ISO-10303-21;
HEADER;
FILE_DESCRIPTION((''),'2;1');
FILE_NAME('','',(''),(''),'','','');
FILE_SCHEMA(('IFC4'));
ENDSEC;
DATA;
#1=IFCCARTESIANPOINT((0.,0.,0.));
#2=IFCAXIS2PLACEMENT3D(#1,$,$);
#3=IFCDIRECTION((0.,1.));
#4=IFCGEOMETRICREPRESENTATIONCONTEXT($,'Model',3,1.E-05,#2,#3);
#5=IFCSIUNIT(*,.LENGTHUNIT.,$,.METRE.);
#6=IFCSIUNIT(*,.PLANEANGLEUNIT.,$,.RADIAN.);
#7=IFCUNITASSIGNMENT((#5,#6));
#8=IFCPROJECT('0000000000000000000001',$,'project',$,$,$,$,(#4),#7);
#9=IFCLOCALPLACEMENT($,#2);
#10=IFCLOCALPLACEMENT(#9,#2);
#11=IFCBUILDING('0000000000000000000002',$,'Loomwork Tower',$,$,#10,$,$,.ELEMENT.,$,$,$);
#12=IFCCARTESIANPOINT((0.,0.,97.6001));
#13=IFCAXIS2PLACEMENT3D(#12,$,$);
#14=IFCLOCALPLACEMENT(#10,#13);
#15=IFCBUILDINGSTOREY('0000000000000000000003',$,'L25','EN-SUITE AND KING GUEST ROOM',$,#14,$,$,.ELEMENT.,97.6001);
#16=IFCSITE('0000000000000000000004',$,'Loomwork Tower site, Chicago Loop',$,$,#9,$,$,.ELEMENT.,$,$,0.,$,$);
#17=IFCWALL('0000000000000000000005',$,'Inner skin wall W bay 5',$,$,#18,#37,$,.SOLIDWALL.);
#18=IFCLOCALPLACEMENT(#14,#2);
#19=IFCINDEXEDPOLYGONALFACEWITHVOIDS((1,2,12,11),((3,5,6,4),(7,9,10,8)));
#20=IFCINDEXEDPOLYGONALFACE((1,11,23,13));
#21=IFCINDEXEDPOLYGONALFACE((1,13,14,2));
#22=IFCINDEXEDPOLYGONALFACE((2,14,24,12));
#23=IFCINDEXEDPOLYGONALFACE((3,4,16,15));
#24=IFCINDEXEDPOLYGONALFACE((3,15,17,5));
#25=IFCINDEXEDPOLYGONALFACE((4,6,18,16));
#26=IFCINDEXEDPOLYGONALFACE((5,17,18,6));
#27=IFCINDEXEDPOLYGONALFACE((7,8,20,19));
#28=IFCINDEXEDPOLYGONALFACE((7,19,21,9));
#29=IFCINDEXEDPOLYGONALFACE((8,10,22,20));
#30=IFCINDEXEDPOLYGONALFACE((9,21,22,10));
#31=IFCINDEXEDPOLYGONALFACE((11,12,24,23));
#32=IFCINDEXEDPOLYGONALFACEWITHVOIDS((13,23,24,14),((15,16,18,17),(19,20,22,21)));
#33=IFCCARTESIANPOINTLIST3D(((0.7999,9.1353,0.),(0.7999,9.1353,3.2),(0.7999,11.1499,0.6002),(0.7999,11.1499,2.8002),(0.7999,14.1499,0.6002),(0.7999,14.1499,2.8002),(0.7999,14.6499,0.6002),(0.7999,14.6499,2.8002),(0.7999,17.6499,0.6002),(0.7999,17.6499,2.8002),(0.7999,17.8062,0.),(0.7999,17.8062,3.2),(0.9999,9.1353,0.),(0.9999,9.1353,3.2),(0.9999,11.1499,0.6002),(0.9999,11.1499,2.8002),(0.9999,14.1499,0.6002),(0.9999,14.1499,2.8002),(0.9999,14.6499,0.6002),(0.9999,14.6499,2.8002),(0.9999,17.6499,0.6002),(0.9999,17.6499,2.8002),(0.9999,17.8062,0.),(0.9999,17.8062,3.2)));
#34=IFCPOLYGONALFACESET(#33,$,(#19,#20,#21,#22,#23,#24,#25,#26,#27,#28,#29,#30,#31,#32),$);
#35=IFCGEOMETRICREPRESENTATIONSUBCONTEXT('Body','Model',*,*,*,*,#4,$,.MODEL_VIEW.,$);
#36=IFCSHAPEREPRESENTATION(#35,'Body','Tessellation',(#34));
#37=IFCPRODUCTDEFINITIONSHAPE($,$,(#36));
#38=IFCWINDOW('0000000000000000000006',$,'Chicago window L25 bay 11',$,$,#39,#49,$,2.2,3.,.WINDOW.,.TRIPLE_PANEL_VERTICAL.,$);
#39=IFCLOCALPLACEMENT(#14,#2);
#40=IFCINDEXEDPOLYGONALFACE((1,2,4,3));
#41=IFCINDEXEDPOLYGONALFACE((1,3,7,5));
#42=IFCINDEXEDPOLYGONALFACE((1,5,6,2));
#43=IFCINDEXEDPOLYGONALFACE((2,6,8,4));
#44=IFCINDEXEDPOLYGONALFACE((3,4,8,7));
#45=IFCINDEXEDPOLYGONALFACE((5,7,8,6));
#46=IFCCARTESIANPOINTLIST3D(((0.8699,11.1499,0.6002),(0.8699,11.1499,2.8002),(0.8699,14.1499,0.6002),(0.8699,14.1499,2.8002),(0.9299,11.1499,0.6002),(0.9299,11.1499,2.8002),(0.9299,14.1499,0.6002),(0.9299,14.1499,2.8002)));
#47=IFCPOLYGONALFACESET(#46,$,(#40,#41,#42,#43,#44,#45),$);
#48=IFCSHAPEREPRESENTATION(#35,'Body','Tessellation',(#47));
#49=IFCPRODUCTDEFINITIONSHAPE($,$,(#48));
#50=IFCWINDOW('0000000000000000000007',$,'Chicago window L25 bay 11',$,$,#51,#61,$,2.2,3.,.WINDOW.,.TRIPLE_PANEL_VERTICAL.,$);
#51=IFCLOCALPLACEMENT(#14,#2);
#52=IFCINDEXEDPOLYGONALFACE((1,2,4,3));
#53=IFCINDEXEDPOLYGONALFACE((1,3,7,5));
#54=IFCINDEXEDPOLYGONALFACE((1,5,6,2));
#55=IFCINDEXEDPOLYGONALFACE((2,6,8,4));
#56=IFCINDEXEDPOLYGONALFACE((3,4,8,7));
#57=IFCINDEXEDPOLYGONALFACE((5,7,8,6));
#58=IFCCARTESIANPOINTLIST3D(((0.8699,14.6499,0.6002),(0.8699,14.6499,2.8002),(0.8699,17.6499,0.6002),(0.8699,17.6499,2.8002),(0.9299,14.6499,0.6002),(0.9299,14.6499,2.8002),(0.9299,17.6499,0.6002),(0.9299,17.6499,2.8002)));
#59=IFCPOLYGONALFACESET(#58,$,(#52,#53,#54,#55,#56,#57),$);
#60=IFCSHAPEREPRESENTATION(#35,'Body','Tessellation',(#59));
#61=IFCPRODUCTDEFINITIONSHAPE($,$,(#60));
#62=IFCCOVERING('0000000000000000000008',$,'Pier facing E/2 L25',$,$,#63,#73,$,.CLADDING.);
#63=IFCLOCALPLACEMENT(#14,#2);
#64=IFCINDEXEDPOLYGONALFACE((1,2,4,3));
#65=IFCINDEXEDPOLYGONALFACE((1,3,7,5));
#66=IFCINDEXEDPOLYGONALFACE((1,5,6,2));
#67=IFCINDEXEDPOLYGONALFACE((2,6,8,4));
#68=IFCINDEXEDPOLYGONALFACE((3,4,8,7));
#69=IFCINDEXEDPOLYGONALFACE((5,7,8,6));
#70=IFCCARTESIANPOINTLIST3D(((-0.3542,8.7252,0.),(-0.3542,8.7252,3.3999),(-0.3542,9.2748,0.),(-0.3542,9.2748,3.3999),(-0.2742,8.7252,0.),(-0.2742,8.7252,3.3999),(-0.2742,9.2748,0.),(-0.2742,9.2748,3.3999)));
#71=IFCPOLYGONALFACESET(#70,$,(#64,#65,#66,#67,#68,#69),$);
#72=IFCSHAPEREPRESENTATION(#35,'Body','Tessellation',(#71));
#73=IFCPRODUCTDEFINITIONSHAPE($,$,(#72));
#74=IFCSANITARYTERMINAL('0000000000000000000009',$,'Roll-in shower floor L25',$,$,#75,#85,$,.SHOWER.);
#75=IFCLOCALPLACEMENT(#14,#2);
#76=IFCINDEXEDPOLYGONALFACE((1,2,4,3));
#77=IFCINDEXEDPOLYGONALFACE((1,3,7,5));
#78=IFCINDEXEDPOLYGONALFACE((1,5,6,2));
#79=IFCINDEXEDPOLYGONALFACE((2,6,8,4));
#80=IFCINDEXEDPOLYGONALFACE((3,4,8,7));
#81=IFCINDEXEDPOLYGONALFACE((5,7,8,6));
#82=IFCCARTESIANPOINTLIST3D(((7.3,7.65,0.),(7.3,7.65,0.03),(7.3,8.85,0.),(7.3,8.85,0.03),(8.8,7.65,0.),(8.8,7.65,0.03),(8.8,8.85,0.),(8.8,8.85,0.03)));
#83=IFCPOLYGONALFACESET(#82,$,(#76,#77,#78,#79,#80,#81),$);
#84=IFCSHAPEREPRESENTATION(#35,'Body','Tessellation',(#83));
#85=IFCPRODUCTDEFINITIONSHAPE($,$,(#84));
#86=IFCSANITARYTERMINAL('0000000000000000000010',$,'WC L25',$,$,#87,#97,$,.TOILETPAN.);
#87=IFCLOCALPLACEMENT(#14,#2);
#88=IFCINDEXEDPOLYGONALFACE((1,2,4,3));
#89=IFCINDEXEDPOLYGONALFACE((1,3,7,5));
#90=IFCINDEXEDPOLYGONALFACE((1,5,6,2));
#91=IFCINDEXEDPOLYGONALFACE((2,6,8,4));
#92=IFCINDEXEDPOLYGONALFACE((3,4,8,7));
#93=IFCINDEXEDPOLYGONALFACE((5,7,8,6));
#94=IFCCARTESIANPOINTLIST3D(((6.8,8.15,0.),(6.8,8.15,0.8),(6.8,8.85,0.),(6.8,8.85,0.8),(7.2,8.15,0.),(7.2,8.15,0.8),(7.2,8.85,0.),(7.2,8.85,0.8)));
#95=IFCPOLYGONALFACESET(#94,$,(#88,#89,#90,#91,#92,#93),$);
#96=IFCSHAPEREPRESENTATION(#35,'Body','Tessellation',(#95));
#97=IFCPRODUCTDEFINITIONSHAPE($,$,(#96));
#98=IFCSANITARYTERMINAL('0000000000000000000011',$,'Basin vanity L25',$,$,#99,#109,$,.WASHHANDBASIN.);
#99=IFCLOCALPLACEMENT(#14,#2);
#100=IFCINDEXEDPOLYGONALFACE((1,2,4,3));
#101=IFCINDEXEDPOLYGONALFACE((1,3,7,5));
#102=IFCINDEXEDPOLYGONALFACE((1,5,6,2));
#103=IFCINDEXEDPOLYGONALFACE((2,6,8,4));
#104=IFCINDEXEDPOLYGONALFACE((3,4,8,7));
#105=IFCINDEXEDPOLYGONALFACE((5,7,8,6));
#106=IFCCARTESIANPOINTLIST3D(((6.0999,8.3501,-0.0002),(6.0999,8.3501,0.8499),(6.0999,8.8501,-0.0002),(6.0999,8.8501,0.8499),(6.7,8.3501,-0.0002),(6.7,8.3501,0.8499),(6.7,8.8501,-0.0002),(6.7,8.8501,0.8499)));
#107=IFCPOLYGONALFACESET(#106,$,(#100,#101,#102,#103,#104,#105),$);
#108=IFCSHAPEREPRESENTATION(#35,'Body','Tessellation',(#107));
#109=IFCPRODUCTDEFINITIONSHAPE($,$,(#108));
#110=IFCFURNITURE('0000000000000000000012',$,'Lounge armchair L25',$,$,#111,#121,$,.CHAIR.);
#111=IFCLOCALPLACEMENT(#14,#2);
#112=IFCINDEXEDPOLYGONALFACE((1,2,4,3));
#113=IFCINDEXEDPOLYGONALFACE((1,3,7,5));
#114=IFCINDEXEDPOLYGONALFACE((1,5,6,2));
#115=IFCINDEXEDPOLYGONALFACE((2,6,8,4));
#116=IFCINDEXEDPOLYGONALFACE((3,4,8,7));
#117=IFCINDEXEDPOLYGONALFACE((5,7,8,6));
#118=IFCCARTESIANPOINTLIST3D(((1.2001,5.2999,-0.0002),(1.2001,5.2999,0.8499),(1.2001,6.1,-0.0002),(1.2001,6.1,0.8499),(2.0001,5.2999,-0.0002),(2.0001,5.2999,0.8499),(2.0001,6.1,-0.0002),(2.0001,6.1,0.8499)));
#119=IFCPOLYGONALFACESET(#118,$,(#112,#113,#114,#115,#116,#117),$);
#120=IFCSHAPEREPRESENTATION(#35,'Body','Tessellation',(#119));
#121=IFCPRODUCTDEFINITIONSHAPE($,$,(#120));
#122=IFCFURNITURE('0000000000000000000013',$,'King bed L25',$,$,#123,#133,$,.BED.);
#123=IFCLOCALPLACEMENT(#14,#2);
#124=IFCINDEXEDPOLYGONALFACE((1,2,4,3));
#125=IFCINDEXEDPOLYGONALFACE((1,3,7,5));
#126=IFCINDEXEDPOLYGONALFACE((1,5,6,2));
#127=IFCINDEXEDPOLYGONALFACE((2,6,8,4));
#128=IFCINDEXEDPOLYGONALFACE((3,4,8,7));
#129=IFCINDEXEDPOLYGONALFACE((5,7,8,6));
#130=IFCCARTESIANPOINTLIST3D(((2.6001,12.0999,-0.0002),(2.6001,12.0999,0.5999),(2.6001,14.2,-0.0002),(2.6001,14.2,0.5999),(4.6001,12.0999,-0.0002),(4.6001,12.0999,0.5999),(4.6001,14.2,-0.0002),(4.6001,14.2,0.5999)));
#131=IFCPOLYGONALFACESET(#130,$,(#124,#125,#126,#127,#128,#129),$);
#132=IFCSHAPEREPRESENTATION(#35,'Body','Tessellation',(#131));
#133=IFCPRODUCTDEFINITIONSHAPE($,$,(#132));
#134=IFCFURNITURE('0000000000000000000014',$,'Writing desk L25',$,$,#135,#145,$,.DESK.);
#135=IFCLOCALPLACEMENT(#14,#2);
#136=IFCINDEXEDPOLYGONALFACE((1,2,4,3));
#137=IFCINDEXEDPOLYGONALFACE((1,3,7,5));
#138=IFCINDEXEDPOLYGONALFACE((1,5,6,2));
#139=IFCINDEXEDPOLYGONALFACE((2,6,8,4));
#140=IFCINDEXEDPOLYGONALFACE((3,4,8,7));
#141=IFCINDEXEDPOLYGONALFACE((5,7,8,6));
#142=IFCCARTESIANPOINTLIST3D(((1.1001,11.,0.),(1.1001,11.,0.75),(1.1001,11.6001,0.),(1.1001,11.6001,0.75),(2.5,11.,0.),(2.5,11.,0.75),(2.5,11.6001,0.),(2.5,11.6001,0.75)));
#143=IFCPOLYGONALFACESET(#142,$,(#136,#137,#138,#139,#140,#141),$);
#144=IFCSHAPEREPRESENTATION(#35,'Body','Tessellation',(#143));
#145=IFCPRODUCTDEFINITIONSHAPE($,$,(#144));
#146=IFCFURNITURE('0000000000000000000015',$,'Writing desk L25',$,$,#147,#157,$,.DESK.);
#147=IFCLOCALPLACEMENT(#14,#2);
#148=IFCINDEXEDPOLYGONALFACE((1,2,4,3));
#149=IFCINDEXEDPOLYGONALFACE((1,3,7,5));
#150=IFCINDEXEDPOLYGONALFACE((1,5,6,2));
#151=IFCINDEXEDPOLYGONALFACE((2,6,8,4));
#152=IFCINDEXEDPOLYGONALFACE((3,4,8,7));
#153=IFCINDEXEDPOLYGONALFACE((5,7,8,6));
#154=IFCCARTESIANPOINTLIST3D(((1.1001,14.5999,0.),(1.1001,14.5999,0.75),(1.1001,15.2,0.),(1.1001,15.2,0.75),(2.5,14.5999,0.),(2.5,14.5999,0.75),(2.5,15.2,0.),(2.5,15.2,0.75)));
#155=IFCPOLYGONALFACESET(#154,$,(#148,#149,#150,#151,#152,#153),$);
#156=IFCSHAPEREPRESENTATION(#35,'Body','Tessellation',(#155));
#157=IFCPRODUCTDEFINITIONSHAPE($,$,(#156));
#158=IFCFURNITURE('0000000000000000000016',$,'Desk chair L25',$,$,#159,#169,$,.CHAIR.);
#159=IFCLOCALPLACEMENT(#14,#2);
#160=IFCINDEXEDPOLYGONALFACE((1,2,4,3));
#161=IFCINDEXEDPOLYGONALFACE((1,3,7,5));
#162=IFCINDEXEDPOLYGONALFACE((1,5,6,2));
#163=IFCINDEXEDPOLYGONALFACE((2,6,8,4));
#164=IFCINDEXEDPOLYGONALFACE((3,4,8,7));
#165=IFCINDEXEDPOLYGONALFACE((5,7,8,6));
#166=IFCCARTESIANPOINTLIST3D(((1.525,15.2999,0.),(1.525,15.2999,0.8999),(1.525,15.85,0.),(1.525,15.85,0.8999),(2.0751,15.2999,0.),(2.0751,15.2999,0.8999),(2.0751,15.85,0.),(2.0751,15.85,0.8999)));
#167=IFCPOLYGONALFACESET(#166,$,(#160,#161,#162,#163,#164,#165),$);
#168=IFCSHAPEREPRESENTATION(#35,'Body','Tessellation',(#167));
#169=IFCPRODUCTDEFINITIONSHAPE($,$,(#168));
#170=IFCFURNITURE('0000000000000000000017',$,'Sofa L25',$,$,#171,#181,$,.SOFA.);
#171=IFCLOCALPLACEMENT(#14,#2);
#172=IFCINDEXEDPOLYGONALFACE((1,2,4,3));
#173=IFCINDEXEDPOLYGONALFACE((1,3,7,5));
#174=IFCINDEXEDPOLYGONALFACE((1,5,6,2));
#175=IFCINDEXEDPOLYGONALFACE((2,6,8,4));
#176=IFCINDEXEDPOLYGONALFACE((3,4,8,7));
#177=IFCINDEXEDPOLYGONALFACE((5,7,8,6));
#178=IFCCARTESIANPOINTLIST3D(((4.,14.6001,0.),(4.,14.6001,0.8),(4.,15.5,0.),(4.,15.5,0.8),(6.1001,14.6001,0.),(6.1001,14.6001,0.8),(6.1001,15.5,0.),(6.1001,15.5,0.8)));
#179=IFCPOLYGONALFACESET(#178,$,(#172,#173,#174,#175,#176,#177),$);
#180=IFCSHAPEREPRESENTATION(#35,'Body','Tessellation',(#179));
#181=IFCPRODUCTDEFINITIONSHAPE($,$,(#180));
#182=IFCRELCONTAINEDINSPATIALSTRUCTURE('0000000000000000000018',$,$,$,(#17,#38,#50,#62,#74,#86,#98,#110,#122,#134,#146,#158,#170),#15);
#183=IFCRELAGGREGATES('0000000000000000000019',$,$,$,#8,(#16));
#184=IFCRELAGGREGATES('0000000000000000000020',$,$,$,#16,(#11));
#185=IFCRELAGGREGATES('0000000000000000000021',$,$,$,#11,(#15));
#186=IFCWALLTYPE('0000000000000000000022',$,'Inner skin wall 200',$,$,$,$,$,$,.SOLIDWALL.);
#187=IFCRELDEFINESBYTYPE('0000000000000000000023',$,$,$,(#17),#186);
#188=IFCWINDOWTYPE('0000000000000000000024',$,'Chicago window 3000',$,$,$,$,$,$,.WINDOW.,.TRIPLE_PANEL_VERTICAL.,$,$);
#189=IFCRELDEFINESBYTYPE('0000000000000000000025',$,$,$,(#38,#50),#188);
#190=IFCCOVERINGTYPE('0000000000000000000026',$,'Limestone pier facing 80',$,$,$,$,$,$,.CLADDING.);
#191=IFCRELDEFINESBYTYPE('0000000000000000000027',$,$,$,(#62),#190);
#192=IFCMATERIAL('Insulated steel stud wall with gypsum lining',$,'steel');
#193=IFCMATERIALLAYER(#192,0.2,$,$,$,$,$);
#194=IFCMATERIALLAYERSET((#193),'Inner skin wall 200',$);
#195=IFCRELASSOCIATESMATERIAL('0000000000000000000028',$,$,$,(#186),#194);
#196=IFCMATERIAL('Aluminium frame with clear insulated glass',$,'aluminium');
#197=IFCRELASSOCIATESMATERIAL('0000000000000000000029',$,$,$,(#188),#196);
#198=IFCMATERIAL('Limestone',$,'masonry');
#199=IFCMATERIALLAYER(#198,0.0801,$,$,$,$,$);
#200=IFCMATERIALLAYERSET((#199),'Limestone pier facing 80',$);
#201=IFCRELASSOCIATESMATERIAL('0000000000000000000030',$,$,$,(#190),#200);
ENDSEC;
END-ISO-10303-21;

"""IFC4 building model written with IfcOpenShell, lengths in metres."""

from ifc_helpers import new_model, si_unit, direction, frame, frame_2d, origin, origin_2d, place, context, subcontext, project, spatial, rectangle, extrude, material, layer, layer_set, type_object, element, fill, save


model = new_model("IFC4")

# Units and contexts
model_context = context("Model", 3, precision=1e-05, world=origin(), true_north=direction((0.0, 1.0)))
body_context = subcontext(model_context, "Body", "Model", "MODEL_VIEW")
ifc_project = project(units=[si_unit("LENGTHUNIT", "METRE"), si_unit("PLANEANGLEUNIT", "RADIAN")], contexts=[model_context])

# Site, building, storey
site_placement = place(None, origin())
site = spatial("IfcSite", under=ifc_project, at=site_placement, Name="Loomwork Tower site, Chicago Loop", CompositionType="ELEMENT", RefElevation=0.0)
building_placement = place(site_placement, origin())
building = spatial("IfcBuilding", under=site, at=building_placement, Name="Loomwork Tower", CompositionType="ELEMENT")
storey_placement = place(building_placement, frame((0.0, 0.0, 97.6001)))
storey = spatial("IfcBuildingStorey", under=building, at=storey_placement, Name="L25", Description="EN-SUITE AND KING GUEST ROOM", CompositionType="ELEMENT", Elevation=97.6001)

# Shared definitions
ifc_material_1 = material(Name="Insulated steel stud wall with gypsum lining", Category="steel")
ifc_layer_1 = layer(ifc_material_1, 0.2)
ifc_layer_set_1 = layer_set([ifc_layer_1], Name="Inner skin wall 200")
wall_type_1 = type_object("IfcWallType", Name="Inner skin wall 200", PredefinedType="SOLIDWALL", material=ifc_layer_set_1)

# Wall, openings, windows
wall_1_placement = place(storey_placement, frame((0.8999, 9.1353, 0.0), z_axis=(0.0, 0.0, 1.0), x_axis=(0.0, 1.0, 0.0)))
wall_1 = element("IfcWall", 1, at=wall_1_placement, inside=storey, type_object=wall_type_1, Name="Inner skin wall W bay 5", PredefinedType="SOLIDWALL", context=body_context, shape_type="SweptSolid", body=[
    extrude(rectangle(XDim=8.6709, YDim=0.2, at=frame_2d((4.3354, 0.0))), origin(), (0.0, 0.0, 1.0), 3.2),
])
opening_1_placement = place(wall_1_placement, frame((2.0146, 0.0, 0.6001)))
opening_1 = element("IfcOpeningElement", 2, at=opening_1_placement, cuts=wall_1, PredefinedType="OPENING", context=body_context, shape_type="SweptSolid", body=[
    extrude(rectangle(XDim=3.0, YDim=2.2, at=frame_2d((1.5, 1.1001))), frame((0.0, 0.1099, 0.0), z_axis=(0.0, -1.0, 0.0), x_axis=(1.0, 0.0, 0.0)), (0.0, 0.0, 1.0), 0.22),
])
opening_2_placement = place(wall_1_placement, frame((5.5146, 0.0, 0.6001)))
opening_2 = element("IfcOpeningElement", 3, at=opening_2_placement, cuts=wall_1, PredefinedType="OPENING", context=body_context, shape_type="SweptSolid", body=[
    extrude(rectangle(XDim=3.0, YDim=2.2, at=frame_2d((1.5, 1.1001))), frame((0.0, 0.1099, 0.0), z_axis=(0.0, -1.0, 0.0), x_axis=(1.0, 0.0, 0.0)), (0.0, 0.0, 1.0), 0.22),
])
ifc_material_2 = material(Name="Aluminium frame with clear insulated glass", Category="aluminium")
window_type = type_object("IfcWindowType", Name="Chicago window 3000", PartitioningType="TRIPLE_PANEL_VERTICAL", PredefinedType="WINDOW", material=ifc_material_2)
window_1_placement = place(opening_1_placement, origin())
window_1 = element("IfcWindow", 4, at=window_1_placement, inside=storey, type_object=window_type, Name="Chicago window L25 bay 11", OverallHeight=2.2, OverallWidth=3.0, PartitioningType="TRIPLE_PANEL_VERTICAL", PredefinedType="WINDOW", context=body_context, shape_type="SweptSolid", body=[
    extrude(rectangle(XDim=3.0, YDim=2.2, at=frame_2d((1.5, 1.1001))), frame((0.0, 0.03, 0.0), z_axis=(0.0, -1.0, 0.0), x_axis=(1.0, 0.0, 0.0)), (0.0, 0.0, 1.0), 0.0601),
])
fill(opening_1, window_1)
window_2_placement = place(opening_2_placement, origin())
window_2 = element("IfcWindow", 5, at=window_2_placement, inside=storey, type_object=window_type, Name="Chicago window L25 bay 11", OverallHeight=2.2, OverallWidth=3.0, PartitioningType="TRIPLE_PANEL_VERTICAL", PredefinedType="WINDOW", context=body_context, shape_type="SweptSolid", body=[
    extrude(rectangle(XDim=3.0, YDim=2.2, at=frame_2d((1.5, 1.1001))), frame((0.0, 0.03, 0.0), z_axis=(0.0, -1.0, 0.0), x_axis=(1.0, 0.0, 0.0)), (0.0, 0.0, 1.0), 0.0601),
])
fill(opening_2, window_2)

# Covering
ifc_material_3 = material(Name="Limestone", Category="masonry")
ifc_layer_2 = layer(ifc_material_3, 0.0801)
ifc_layer_set_2 = layer_set([ifc_layer_2], Name="Limestone pier facing 80")
covering_type = type_object("IfcCoveringType", Name="Limestone pier facing 80", PredefinedType="CLADDING", material=ifc_layer_set_2)
covering_placement = place(storey_placement, frame((-0.3142, 9.0, 0.0), z_axis=(0.0, 0.0, 1.0), x_axis=(1.0, 0.0, 0.0)))
element("IfcCovering", 6, at=covering_placement, inside=storey, type_object=covering_type, Name="Pier facing E/2 L25", PredefinedType="CLADDING", context=body_context, shape_type="SweptSolid", body=[
    extrude(rectangle(XDim=0.0801, YDim=0.5496, at=origin_2d()), origin(), (0.0, 0.0, 1.0), 3.3999),
])

# Sanitary terminals
sanitary_terminal_1_placement = place(storey_placement, frame((8.05, 8.25, 0.0), z_axis=(0.0, 0.0, 1.0), x_axis=(1.0, 0.0, 0.0)))
element("IfcSanitaryTerminal", 7, at=sanitary_terminal_1_placement, inside=storey, Name="Roll-in shower floor L25", PredefinedType="SHOWER", context=body_context, shape_type="SweptSolid", body=[
    extrude(rectangle(XDim=1.5, YDim=1.2, at=origin_2d()), origin(), (0.0, 0.0, 1.0), 0.03),
])
sanitary_terminal_2_placement = place(storey_placement, frame((7.0, 8.5, 0.0), z_axis=(0.0, 0.0, 1.0), x_axis=(1.0, 0.0, 0.0)))
element("IfcSanitaryTerminal", 8, at=sanitary_terminal_2_placement, inside=storey, Name="WC L25", PredefinedType="TOILETPAN", context=body_context, shape_type="SweptSolid", body=[
    extrude(rectangle(XDim=0.3999, YDim=0.7, at=origin_2d()), origin(), (0.0, 0.0, 1.0), 0.8),
])
sanitary_terminal_3_placement = place(storey_placement, frame((6.3999, 8.6001, -0.0002), z_axis=(0.0, 0.0, 1.0), x_axis=(1.0, 0.0, 0.0)))
element("IfcSanitaryTerminal", 9, at=sanitary_terminal_3_placement, inside=storey, Name="Basin vanity L25", PredefinedType="WASHHANDBASIN", context=body_context, shape_type="SweptSolid", body=[
    extrude(rectangle(XDim=0.6001, YDim=0.5, at=origin_2d()), origin(), (0.0, 0.0, 1.0), 0.8501),
])

# Furniture
furniture_1_placement = place(storey_placement, frame((1.6001, 5.7, -0.0002), z_axis=(0.0, 0.0, 1.0), x_axis=(1.0, 0.0, 0.0)))
element("IfcFurniture", 10, at=furniture_1_placement, inside=storey, Name="Lounge armchair L25", PredefinedType="CHAIR", context=body_context, shape_type="SweptSolid", body=[
    extrude(rectangle(XDim=0.8, YDim=0.8, at=origin_2d()), origin(), (0.0, 0.0, 1.0), 0.8501),
])
furniture_2_placement = place(storey_placement, frame((3.6001, 13.1499, -0.0002), z_axis=(0.0, 0.0, 1.0), x_axis=(1.0, 0.0, 0.0)))
element("IfcFurniture", 11, at=furniture_2_placement, inside=storey, Name="King bed L25", PredefinedType="BED", context=body_context, shape_type="SweptSolid", body=[
    extrude(rectangle(XDim=2.0, YDim=2.1001, at=origin_2d()), origin(), (0.0, 0.0, 1.0), 0.6001),
])
for number, where, z_axis, x_axis, name in (
    (12, (1.8, 11.3, 0.0), (0.0, 0.0, 1.0), (1.0, 0.0, 0.0), "Writing desk L25"),
    (13, (1.8, 14.8999, 0.0), (0.0, 0.0, 1.0), (1.0, 0.0, 0.0), "Writing desk L25"),
):
    element("IfcFurniture", number, at=place(storey_placement, frame(where, z_axis=z_axis, x_axis=x_axis)), inside=storey, Name=name, PredefinedType="DESK", context=body_context, shape_type="SweptSolid", body=[
        extrude(rectangle(XDim=1.3999, YDim=0.6001, at=origin_2d()), origin(), (0.0, 0.0, 1.0), 0.75),
    ])
furniture_3_placement = place(storey_placement, frame((1.8, 15.575, 0.0), z_axis=(0.0, 0.0, 1.0), x_axis=(1.0, 0.0, 0.0)))
element("IfcFurniture", 14, at=furniture_3_placement, inside=storey, Name="Desk chair L25", PredefinedType="CHAIR", context=body_context, shape_type="SweptSolid", body=[
    extrude(rectangle(XDim=0.55, YDim=0.55, at=origin_2d()), origin(), (0.0, 0.0, 1.0), 0.8999),
])
furniture_4_placement = place(storey_placement, frame((5.05, 15.05, 0.0), z_axis=(0.0, 0.0, 1.0), x_axis=(1.0, 0.0, 0.0)))
element("IfcFurniture", 15, at=furniture_4_placement, inside=storey, Name="Sofa L25", PredefinedType="SOFA", context=body_context, shape_type="SweptSolid", body=[
    extrude(rectangle(XDim=2.1001, YDim=0.8999, at=origin_2d()), origin(), (0.0, 0.0, 1.0), 0.8),
])

save(model, "model.ifc")
